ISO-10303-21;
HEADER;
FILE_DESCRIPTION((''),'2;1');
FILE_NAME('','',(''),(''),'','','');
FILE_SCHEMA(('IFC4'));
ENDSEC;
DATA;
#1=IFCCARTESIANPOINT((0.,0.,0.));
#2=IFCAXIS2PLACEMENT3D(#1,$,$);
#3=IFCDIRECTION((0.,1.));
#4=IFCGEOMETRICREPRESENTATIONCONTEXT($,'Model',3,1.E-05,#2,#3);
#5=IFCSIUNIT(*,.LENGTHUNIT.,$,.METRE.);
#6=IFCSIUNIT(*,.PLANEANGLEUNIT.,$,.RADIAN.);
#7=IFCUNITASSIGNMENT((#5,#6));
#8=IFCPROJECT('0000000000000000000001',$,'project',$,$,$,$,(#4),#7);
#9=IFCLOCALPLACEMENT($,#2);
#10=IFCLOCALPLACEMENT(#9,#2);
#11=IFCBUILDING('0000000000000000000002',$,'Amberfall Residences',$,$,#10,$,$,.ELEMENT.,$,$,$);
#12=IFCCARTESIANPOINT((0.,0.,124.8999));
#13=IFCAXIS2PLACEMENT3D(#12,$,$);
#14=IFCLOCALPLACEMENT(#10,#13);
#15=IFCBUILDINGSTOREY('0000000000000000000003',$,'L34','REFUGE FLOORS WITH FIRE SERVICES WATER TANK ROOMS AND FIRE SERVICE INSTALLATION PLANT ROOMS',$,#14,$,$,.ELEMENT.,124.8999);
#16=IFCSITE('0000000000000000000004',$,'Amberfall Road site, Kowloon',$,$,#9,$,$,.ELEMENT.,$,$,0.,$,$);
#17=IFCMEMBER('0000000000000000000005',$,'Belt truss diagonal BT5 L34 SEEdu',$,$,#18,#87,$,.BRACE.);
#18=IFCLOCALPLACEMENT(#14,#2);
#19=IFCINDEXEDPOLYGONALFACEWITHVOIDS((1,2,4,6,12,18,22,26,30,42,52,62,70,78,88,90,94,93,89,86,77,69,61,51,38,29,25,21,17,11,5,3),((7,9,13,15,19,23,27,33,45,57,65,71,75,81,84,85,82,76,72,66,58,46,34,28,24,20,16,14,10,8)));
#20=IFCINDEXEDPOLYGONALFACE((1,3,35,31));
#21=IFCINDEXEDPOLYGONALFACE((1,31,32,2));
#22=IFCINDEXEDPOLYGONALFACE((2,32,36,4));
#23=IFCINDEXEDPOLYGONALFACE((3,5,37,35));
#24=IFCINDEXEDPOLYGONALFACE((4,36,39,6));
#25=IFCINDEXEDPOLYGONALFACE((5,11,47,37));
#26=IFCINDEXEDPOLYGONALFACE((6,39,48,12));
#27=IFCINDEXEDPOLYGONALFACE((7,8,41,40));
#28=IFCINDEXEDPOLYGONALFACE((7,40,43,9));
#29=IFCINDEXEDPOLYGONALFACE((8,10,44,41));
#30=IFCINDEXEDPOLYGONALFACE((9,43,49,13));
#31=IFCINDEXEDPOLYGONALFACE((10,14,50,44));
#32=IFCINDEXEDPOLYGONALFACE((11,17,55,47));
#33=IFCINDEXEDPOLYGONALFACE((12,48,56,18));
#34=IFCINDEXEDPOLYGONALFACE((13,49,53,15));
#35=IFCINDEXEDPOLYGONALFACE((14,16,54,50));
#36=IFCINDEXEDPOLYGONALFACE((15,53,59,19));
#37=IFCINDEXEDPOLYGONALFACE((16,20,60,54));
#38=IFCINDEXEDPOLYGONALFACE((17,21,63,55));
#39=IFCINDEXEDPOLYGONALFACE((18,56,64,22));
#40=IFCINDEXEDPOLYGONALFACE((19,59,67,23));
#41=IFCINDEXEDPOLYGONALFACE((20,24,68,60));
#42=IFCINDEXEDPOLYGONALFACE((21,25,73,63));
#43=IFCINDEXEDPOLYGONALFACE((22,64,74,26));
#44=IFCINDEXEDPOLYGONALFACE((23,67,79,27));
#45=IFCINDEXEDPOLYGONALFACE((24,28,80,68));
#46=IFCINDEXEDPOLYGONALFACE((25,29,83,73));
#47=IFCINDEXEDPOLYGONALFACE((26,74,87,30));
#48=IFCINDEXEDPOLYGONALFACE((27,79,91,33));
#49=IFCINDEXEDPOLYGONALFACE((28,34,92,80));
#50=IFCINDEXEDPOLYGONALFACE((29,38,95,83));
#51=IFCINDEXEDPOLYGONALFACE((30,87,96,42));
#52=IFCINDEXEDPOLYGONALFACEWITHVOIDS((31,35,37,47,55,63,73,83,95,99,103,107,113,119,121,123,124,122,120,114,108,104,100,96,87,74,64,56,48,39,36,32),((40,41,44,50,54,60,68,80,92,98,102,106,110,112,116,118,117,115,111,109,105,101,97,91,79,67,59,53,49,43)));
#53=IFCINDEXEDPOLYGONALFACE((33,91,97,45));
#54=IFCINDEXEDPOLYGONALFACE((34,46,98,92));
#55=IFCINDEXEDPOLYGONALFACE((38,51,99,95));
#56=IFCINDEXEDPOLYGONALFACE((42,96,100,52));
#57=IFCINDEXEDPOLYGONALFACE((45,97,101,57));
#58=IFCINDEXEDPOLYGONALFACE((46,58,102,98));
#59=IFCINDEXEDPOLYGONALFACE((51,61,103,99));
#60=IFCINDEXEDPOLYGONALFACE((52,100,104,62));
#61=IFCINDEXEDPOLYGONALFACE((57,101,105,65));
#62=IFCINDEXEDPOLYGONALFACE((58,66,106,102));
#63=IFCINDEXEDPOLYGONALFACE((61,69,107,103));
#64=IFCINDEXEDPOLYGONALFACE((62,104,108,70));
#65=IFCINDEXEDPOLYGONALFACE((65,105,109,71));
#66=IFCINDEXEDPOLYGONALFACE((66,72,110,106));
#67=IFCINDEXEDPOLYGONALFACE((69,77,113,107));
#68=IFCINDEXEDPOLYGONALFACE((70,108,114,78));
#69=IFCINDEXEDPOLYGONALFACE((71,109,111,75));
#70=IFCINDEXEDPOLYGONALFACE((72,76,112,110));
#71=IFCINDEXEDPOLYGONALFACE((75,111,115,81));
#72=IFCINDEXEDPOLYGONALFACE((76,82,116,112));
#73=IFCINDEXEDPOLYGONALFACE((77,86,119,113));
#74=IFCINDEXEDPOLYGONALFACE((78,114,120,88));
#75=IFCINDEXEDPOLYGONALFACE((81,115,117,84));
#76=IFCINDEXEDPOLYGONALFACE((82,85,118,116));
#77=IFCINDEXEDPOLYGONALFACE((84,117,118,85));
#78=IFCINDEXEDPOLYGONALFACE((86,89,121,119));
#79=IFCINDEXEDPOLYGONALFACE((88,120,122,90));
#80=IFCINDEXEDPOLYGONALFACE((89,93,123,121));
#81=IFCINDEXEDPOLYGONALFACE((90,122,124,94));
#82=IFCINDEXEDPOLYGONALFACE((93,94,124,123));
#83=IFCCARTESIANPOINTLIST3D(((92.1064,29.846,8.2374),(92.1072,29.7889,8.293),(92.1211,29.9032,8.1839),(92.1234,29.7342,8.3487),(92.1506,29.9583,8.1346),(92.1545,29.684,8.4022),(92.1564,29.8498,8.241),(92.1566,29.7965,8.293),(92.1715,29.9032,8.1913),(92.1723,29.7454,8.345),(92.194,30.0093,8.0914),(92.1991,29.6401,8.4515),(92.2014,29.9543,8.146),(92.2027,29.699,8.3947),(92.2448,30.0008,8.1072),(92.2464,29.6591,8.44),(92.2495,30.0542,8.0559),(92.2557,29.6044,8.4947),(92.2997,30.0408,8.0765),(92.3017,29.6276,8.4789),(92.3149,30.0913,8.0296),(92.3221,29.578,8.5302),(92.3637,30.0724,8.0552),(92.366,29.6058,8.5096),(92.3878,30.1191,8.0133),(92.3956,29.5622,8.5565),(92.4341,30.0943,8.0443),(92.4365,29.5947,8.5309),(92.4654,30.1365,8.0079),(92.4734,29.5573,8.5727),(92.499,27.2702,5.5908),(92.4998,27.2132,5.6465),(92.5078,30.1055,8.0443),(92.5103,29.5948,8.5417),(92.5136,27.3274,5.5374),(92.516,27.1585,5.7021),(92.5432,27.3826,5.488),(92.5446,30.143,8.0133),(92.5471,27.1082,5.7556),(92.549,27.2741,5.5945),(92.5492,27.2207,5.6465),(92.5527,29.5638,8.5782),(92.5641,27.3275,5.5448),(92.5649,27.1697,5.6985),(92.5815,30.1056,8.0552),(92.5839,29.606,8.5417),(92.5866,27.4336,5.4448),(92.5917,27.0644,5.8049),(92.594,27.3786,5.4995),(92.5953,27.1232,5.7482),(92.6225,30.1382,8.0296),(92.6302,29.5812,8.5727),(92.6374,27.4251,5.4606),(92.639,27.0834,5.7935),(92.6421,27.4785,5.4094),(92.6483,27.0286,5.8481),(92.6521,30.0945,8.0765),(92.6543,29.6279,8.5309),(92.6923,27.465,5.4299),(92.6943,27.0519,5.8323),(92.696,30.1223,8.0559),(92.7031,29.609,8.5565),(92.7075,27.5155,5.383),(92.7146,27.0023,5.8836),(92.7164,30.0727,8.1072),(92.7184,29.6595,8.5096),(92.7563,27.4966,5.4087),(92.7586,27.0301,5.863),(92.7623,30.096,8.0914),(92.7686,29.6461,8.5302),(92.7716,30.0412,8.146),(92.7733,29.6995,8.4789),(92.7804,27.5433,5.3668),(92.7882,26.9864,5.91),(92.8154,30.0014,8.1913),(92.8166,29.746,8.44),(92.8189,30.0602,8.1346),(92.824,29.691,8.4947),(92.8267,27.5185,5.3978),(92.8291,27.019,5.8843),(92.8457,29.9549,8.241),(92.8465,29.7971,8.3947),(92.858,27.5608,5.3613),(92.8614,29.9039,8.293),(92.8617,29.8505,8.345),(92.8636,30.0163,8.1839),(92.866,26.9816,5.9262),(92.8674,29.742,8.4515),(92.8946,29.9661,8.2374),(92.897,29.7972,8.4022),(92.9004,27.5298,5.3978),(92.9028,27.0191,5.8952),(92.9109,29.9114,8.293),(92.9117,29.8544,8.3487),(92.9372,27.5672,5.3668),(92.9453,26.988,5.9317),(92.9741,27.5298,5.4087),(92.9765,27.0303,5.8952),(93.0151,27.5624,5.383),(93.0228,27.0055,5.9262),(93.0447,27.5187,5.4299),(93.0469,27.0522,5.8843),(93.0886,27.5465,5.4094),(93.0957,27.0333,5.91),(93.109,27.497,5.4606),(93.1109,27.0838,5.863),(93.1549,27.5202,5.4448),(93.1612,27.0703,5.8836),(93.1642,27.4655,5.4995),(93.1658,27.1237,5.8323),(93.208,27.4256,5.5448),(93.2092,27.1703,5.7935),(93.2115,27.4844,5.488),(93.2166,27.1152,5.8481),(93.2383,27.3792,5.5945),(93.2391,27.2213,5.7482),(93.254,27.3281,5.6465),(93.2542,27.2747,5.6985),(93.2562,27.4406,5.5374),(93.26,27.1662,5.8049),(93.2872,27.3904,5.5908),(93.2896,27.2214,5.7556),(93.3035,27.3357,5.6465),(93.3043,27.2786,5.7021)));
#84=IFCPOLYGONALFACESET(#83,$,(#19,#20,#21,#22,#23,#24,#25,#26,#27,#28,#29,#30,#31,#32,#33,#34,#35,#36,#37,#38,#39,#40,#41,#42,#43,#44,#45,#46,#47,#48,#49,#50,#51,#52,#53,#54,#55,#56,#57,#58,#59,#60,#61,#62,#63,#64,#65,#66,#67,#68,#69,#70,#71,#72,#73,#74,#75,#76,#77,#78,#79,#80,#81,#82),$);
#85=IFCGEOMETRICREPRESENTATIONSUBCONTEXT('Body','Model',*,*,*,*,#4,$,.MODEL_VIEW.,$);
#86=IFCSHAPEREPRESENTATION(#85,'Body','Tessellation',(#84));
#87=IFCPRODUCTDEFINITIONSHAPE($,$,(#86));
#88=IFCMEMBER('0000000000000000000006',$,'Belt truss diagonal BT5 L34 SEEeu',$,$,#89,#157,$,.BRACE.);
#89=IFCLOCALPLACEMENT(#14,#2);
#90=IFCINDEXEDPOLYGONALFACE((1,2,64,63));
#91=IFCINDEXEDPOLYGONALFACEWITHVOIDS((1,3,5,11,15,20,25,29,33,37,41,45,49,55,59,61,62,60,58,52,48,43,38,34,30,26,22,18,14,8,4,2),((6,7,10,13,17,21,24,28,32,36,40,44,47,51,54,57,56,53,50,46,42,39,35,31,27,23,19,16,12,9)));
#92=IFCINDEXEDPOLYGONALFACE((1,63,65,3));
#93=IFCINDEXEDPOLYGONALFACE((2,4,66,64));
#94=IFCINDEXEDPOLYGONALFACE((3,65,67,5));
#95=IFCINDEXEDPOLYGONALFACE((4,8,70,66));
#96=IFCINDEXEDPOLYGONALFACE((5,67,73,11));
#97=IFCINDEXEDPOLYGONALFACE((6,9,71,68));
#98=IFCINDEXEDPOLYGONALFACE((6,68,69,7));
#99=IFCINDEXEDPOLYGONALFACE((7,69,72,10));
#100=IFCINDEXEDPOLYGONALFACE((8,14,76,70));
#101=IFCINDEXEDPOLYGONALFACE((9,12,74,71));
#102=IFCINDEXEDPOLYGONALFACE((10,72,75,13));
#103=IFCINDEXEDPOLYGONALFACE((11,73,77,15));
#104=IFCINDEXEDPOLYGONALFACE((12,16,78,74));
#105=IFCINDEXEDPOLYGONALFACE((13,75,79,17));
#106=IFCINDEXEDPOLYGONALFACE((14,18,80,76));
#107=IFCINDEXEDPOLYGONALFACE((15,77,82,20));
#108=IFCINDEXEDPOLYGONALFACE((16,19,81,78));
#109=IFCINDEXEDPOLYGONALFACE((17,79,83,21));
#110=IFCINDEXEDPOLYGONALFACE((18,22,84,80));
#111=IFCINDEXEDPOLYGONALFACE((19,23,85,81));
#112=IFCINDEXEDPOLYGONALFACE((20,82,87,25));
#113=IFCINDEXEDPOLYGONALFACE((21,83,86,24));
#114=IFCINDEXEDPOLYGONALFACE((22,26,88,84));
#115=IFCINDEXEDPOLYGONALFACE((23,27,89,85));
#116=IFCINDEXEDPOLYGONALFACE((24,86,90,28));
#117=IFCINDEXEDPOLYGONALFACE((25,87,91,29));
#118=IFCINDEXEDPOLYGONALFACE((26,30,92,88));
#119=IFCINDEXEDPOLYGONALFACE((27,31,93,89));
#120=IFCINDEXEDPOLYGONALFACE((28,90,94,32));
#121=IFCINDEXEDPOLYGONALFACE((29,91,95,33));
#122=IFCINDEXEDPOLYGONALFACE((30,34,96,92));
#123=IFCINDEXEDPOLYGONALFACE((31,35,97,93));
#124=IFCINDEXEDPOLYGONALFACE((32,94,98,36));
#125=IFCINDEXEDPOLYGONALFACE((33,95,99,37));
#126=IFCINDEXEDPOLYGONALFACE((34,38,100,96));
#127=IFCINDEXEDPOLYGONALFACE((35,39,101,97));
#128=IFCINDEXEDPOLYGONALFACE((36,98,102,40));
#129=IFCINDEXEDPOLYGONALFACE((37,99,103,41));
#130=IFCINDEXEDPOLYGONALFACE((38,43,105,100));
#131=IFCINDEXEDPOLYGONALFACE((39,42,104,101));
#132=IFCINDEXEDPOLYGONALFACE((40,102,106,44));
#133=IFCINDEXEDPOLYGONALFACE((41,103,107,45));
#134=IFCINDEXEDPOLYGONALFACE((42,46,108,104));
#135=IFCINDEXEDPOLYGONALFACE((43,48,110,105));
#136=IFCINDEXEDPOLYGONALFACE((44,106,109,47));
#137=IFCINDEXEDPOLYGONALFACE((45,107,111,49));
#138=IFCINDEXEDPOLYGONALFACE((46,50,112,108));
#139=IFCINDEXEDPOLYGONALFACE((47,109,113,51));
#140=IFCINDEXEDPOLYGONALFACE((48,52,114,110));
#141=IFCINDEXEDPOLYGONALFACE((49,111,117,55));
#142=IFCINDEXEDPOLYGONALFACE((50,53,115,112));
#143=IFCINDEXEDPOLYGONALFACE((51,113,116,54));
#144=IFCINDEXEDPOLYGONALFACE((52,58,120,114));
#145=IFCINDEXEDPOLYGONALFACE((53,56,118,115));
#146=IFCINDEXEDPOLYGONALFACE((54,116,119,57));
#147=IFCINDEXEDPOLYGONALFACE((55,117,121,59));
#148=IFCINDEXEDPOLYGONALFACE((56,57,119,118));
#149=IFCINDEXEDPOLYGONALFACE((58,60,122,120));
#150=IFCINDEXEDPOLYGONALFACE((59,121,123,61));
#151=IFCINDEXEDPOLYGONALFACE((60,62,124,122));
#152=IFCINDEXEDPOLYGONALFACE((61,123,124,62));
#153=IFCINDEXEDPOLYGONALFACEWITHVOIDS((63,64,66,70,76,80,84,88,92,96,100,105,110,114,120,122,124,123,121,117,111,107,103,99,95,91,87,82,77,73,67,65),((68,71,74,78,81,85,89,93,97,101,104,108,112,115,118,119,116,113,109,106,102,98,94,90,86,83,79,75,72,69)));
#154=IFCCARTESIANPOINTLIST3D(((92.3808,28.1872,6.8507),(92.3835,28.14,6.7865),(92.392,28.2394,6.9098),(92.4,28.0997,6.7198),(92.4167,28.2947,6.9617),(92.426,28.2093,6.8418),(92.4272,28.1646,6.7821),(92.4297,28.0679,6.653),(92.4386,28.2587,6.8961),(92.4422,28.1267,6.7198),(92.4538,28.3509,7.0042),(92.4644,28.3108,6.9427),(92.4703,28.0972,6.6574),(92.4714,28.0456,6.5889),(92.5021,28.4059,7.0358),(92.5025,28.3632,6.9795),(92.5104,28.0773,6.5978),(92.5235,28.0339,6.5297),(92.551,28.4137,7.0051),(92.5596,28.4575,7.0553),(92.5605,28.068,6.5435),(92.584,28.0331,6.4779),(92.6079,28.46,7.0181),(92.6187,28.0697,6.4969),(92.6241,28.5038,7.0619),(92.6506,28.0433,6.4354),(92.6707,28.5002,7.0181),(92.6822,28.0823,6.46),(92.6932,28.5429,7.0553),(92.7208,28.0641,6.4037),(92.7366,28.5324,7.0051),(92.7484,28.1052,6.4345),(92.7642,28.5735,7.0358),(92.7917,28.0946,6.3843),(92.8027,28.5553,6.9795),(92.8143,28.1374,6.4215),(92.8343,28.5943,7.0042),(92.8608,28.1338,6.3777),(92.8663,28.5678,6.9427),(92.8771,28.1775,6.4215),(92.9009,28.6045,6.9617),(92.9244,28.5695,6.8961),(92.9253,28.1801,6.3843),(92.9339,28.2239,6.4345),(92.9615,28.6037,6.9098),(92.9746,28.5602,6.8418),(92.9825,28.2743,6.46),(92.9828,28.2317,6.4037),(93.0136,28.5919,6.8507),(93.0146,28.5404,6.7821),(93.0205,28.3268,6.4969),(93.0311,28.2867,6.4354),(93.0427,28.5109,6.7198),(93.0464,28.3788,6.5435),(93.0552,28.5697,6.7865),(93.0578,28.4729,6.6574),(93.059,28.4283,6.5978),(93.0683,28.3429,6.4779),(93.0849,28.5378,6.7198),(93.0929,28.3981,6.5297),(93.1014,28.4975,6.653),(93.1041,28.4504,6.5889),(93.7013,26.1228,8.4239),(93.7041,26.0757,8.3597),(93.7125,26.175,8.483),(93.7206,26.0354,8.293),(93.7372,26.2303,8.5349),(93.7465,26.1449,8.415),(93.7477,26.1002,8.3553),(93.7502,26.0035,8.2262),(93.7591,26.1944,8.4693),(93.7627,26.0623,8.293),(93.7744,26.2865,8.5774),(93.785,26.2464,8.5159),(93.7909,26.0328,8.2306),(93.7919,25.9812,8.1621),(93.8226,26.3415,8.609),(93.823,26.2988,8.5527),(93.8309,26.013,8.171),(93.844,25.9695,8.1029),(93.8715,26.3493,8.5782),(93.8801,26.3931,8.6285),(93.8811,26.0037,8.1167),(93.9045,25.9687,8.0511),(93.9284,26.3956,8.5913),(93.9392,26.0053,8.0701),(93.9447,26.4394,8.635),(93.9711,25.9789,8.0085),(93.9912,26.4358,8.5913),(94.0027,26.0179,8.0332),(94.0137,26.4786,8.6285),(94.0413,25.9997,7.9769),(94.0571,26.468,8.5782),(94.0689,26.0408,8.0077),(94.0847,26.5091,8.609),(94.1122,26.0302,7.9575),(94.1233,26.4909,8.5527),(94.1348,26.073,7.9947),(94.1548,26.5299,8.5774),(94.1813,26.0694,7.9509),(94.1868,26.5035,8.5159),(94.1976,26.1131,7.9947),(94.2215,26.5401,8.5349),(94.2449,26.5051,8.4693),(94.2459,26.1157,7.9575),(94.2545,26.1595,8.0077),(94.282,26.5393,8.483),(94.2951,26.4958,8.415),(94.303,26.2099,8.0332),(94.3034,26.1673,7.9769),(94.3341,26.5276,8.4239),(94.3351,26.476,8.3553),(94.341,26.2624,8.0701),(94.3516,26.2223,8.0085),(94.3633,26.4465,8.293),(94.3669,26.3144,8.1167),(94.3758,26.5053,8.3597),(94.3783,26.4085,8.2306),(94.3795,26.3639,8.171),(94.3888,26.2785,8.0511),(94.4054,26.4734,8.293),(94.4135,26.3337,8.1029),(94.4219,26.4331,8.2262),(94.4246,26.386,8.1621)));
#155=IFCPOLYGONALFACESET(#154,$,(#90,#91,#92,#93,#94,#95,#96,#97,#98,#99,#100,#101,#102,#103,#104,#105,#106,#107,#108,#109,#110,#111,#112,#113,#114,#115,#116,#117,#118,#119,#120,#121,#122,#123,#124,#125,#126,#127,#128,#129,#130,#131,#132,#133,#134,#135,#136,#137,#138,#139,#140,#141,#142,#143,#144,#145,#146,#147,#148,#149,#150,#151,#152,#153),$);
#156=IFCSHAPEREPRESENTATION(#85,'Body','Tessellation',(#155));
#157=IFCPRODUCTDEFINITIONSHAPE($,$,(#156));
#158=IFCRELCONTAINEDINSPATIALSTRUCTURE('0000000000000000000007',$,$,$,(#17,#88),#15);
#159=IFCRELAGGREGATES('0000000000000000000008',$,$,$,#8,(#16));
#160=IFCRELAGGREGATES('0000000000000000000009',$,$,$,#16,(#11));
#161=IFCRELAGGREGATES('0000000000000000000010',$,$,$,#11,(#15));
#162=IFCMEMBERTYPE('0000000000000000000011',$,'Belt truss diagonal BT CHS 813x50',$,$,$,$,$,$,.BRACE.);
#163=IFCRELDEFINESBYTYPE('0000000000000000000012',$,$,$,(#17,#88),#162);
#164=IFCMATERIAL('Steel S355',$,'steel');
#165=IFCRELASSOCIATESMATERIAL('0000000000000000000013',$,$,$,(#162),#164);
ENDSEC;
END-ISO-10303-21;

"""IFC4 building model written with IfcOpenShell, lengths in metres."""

from ifc_helpers import new_model, si_unit, direction, frame, origin, origin_2d, place, context, subcontext, project, spatial, hollow_circle, extrude, material, material_profile, profile_set, type_object, element, save


model = new_model("IFC4")

# Units and contexts
model_context = context("Model", 3, precision=1e-05, world=origin(), true_north=direction((0.0, 1.0)))
body_context = subcontext(model_context, "Body", "Model", "MODEL_VIEW")
ifc_project = project(units=[si_unit("LENGTHUNIT", "METRE"), si_unit("PLANEANGLEUNIT", "RADIAN")], contexts=[model_context])

# Site, building, storey
site_placement = place(None, origin())
site = spatial("IfcSite", under=ifc_project, at=site_placement, Name="Amberfall Road site, Kowloon", CompositionType="ELEMENT", RefElevation=0.0)
building_placement = place(site_placement, origin())
building = spatial("IfcBuilding", under=site, at=building_placement, Name="Amberfall Residences", CompositionType="ELEMENT")
storey_placement = place(building_placement, frame((0.0, 0.0, 124.8999)))
storey = spatial("IfcBuildingStorey", under=building, at=storey_placement, Name="L34", Description="REFUGE FLOORS WITH FIRE SERVICES WATER TANK ROOMS AND FIRE SERVICE INSTALLATION PLANT ROOMS", CompositionType="ELEMENT", Elevation=124.8999)

# Shared definitions
ifc_material_1 = material(Name="Steel S355", Category="steel")

# Members
ifc_material_profile_1 = material_profile(ifc_material_1, hollow_circle(Radius=0.4065, WallThickness=0.05, at=origin_2d()), Name="CHS 813x50")
ifc_profile_set_1 = profile_set([ifc_material_profile_1], Name="Steel S355")
member_type_1 = type_object("IfcMemberType", Name="Belt truss diagonal BT CHS 813x50", PredefinedType="BRACE", material=ifc_profile_set_1)
member_1_placement = place(storey_placement, frame((92.9016, 27.2744, 5.6465), z_axis=(-0.105709, 0.693548, 0.712613), x_axis=(-0.988583, -0.150677, 0.0)))
element("IfcMember", 1, at=member_1_placement, inside=storey, type_object=member_type_1, Name="Belt truss diagonal BT5 L34 SEEdu", PredefinedType="BRACE", context=body_context, shape_type="SweptSolid", body=[
    extrude(hollow_circle(Radius=0.4065, WallThickness=0.05, at=origin_2d()), origin(), (0.0, 0.0, 1.0), 3.7139),
])
member_2_placement = place(storey_placement, frame((94.063, 26.2544, 8.293), z_axis=(-0.453456, 0.708897, -0.540224), x_axis=(-0.8424, -0.538853, 0.0)))
element("IfcMember", 2, at=member_2_placement, inside=storey, type_object=member_type_1, Name="Belt truss diagonal BT5 L34 SEEeu", PredefinedType="BRACE", context=body_context, shape_type="SweptSolid", body=[
    extrude(hollow_circle(Radius=0.4065, WallThickness=0.05, at=origin_2d()), origin(), (0.0, 0.0, 1.0), 2.9121),
])

save(model, "model.ifc")
